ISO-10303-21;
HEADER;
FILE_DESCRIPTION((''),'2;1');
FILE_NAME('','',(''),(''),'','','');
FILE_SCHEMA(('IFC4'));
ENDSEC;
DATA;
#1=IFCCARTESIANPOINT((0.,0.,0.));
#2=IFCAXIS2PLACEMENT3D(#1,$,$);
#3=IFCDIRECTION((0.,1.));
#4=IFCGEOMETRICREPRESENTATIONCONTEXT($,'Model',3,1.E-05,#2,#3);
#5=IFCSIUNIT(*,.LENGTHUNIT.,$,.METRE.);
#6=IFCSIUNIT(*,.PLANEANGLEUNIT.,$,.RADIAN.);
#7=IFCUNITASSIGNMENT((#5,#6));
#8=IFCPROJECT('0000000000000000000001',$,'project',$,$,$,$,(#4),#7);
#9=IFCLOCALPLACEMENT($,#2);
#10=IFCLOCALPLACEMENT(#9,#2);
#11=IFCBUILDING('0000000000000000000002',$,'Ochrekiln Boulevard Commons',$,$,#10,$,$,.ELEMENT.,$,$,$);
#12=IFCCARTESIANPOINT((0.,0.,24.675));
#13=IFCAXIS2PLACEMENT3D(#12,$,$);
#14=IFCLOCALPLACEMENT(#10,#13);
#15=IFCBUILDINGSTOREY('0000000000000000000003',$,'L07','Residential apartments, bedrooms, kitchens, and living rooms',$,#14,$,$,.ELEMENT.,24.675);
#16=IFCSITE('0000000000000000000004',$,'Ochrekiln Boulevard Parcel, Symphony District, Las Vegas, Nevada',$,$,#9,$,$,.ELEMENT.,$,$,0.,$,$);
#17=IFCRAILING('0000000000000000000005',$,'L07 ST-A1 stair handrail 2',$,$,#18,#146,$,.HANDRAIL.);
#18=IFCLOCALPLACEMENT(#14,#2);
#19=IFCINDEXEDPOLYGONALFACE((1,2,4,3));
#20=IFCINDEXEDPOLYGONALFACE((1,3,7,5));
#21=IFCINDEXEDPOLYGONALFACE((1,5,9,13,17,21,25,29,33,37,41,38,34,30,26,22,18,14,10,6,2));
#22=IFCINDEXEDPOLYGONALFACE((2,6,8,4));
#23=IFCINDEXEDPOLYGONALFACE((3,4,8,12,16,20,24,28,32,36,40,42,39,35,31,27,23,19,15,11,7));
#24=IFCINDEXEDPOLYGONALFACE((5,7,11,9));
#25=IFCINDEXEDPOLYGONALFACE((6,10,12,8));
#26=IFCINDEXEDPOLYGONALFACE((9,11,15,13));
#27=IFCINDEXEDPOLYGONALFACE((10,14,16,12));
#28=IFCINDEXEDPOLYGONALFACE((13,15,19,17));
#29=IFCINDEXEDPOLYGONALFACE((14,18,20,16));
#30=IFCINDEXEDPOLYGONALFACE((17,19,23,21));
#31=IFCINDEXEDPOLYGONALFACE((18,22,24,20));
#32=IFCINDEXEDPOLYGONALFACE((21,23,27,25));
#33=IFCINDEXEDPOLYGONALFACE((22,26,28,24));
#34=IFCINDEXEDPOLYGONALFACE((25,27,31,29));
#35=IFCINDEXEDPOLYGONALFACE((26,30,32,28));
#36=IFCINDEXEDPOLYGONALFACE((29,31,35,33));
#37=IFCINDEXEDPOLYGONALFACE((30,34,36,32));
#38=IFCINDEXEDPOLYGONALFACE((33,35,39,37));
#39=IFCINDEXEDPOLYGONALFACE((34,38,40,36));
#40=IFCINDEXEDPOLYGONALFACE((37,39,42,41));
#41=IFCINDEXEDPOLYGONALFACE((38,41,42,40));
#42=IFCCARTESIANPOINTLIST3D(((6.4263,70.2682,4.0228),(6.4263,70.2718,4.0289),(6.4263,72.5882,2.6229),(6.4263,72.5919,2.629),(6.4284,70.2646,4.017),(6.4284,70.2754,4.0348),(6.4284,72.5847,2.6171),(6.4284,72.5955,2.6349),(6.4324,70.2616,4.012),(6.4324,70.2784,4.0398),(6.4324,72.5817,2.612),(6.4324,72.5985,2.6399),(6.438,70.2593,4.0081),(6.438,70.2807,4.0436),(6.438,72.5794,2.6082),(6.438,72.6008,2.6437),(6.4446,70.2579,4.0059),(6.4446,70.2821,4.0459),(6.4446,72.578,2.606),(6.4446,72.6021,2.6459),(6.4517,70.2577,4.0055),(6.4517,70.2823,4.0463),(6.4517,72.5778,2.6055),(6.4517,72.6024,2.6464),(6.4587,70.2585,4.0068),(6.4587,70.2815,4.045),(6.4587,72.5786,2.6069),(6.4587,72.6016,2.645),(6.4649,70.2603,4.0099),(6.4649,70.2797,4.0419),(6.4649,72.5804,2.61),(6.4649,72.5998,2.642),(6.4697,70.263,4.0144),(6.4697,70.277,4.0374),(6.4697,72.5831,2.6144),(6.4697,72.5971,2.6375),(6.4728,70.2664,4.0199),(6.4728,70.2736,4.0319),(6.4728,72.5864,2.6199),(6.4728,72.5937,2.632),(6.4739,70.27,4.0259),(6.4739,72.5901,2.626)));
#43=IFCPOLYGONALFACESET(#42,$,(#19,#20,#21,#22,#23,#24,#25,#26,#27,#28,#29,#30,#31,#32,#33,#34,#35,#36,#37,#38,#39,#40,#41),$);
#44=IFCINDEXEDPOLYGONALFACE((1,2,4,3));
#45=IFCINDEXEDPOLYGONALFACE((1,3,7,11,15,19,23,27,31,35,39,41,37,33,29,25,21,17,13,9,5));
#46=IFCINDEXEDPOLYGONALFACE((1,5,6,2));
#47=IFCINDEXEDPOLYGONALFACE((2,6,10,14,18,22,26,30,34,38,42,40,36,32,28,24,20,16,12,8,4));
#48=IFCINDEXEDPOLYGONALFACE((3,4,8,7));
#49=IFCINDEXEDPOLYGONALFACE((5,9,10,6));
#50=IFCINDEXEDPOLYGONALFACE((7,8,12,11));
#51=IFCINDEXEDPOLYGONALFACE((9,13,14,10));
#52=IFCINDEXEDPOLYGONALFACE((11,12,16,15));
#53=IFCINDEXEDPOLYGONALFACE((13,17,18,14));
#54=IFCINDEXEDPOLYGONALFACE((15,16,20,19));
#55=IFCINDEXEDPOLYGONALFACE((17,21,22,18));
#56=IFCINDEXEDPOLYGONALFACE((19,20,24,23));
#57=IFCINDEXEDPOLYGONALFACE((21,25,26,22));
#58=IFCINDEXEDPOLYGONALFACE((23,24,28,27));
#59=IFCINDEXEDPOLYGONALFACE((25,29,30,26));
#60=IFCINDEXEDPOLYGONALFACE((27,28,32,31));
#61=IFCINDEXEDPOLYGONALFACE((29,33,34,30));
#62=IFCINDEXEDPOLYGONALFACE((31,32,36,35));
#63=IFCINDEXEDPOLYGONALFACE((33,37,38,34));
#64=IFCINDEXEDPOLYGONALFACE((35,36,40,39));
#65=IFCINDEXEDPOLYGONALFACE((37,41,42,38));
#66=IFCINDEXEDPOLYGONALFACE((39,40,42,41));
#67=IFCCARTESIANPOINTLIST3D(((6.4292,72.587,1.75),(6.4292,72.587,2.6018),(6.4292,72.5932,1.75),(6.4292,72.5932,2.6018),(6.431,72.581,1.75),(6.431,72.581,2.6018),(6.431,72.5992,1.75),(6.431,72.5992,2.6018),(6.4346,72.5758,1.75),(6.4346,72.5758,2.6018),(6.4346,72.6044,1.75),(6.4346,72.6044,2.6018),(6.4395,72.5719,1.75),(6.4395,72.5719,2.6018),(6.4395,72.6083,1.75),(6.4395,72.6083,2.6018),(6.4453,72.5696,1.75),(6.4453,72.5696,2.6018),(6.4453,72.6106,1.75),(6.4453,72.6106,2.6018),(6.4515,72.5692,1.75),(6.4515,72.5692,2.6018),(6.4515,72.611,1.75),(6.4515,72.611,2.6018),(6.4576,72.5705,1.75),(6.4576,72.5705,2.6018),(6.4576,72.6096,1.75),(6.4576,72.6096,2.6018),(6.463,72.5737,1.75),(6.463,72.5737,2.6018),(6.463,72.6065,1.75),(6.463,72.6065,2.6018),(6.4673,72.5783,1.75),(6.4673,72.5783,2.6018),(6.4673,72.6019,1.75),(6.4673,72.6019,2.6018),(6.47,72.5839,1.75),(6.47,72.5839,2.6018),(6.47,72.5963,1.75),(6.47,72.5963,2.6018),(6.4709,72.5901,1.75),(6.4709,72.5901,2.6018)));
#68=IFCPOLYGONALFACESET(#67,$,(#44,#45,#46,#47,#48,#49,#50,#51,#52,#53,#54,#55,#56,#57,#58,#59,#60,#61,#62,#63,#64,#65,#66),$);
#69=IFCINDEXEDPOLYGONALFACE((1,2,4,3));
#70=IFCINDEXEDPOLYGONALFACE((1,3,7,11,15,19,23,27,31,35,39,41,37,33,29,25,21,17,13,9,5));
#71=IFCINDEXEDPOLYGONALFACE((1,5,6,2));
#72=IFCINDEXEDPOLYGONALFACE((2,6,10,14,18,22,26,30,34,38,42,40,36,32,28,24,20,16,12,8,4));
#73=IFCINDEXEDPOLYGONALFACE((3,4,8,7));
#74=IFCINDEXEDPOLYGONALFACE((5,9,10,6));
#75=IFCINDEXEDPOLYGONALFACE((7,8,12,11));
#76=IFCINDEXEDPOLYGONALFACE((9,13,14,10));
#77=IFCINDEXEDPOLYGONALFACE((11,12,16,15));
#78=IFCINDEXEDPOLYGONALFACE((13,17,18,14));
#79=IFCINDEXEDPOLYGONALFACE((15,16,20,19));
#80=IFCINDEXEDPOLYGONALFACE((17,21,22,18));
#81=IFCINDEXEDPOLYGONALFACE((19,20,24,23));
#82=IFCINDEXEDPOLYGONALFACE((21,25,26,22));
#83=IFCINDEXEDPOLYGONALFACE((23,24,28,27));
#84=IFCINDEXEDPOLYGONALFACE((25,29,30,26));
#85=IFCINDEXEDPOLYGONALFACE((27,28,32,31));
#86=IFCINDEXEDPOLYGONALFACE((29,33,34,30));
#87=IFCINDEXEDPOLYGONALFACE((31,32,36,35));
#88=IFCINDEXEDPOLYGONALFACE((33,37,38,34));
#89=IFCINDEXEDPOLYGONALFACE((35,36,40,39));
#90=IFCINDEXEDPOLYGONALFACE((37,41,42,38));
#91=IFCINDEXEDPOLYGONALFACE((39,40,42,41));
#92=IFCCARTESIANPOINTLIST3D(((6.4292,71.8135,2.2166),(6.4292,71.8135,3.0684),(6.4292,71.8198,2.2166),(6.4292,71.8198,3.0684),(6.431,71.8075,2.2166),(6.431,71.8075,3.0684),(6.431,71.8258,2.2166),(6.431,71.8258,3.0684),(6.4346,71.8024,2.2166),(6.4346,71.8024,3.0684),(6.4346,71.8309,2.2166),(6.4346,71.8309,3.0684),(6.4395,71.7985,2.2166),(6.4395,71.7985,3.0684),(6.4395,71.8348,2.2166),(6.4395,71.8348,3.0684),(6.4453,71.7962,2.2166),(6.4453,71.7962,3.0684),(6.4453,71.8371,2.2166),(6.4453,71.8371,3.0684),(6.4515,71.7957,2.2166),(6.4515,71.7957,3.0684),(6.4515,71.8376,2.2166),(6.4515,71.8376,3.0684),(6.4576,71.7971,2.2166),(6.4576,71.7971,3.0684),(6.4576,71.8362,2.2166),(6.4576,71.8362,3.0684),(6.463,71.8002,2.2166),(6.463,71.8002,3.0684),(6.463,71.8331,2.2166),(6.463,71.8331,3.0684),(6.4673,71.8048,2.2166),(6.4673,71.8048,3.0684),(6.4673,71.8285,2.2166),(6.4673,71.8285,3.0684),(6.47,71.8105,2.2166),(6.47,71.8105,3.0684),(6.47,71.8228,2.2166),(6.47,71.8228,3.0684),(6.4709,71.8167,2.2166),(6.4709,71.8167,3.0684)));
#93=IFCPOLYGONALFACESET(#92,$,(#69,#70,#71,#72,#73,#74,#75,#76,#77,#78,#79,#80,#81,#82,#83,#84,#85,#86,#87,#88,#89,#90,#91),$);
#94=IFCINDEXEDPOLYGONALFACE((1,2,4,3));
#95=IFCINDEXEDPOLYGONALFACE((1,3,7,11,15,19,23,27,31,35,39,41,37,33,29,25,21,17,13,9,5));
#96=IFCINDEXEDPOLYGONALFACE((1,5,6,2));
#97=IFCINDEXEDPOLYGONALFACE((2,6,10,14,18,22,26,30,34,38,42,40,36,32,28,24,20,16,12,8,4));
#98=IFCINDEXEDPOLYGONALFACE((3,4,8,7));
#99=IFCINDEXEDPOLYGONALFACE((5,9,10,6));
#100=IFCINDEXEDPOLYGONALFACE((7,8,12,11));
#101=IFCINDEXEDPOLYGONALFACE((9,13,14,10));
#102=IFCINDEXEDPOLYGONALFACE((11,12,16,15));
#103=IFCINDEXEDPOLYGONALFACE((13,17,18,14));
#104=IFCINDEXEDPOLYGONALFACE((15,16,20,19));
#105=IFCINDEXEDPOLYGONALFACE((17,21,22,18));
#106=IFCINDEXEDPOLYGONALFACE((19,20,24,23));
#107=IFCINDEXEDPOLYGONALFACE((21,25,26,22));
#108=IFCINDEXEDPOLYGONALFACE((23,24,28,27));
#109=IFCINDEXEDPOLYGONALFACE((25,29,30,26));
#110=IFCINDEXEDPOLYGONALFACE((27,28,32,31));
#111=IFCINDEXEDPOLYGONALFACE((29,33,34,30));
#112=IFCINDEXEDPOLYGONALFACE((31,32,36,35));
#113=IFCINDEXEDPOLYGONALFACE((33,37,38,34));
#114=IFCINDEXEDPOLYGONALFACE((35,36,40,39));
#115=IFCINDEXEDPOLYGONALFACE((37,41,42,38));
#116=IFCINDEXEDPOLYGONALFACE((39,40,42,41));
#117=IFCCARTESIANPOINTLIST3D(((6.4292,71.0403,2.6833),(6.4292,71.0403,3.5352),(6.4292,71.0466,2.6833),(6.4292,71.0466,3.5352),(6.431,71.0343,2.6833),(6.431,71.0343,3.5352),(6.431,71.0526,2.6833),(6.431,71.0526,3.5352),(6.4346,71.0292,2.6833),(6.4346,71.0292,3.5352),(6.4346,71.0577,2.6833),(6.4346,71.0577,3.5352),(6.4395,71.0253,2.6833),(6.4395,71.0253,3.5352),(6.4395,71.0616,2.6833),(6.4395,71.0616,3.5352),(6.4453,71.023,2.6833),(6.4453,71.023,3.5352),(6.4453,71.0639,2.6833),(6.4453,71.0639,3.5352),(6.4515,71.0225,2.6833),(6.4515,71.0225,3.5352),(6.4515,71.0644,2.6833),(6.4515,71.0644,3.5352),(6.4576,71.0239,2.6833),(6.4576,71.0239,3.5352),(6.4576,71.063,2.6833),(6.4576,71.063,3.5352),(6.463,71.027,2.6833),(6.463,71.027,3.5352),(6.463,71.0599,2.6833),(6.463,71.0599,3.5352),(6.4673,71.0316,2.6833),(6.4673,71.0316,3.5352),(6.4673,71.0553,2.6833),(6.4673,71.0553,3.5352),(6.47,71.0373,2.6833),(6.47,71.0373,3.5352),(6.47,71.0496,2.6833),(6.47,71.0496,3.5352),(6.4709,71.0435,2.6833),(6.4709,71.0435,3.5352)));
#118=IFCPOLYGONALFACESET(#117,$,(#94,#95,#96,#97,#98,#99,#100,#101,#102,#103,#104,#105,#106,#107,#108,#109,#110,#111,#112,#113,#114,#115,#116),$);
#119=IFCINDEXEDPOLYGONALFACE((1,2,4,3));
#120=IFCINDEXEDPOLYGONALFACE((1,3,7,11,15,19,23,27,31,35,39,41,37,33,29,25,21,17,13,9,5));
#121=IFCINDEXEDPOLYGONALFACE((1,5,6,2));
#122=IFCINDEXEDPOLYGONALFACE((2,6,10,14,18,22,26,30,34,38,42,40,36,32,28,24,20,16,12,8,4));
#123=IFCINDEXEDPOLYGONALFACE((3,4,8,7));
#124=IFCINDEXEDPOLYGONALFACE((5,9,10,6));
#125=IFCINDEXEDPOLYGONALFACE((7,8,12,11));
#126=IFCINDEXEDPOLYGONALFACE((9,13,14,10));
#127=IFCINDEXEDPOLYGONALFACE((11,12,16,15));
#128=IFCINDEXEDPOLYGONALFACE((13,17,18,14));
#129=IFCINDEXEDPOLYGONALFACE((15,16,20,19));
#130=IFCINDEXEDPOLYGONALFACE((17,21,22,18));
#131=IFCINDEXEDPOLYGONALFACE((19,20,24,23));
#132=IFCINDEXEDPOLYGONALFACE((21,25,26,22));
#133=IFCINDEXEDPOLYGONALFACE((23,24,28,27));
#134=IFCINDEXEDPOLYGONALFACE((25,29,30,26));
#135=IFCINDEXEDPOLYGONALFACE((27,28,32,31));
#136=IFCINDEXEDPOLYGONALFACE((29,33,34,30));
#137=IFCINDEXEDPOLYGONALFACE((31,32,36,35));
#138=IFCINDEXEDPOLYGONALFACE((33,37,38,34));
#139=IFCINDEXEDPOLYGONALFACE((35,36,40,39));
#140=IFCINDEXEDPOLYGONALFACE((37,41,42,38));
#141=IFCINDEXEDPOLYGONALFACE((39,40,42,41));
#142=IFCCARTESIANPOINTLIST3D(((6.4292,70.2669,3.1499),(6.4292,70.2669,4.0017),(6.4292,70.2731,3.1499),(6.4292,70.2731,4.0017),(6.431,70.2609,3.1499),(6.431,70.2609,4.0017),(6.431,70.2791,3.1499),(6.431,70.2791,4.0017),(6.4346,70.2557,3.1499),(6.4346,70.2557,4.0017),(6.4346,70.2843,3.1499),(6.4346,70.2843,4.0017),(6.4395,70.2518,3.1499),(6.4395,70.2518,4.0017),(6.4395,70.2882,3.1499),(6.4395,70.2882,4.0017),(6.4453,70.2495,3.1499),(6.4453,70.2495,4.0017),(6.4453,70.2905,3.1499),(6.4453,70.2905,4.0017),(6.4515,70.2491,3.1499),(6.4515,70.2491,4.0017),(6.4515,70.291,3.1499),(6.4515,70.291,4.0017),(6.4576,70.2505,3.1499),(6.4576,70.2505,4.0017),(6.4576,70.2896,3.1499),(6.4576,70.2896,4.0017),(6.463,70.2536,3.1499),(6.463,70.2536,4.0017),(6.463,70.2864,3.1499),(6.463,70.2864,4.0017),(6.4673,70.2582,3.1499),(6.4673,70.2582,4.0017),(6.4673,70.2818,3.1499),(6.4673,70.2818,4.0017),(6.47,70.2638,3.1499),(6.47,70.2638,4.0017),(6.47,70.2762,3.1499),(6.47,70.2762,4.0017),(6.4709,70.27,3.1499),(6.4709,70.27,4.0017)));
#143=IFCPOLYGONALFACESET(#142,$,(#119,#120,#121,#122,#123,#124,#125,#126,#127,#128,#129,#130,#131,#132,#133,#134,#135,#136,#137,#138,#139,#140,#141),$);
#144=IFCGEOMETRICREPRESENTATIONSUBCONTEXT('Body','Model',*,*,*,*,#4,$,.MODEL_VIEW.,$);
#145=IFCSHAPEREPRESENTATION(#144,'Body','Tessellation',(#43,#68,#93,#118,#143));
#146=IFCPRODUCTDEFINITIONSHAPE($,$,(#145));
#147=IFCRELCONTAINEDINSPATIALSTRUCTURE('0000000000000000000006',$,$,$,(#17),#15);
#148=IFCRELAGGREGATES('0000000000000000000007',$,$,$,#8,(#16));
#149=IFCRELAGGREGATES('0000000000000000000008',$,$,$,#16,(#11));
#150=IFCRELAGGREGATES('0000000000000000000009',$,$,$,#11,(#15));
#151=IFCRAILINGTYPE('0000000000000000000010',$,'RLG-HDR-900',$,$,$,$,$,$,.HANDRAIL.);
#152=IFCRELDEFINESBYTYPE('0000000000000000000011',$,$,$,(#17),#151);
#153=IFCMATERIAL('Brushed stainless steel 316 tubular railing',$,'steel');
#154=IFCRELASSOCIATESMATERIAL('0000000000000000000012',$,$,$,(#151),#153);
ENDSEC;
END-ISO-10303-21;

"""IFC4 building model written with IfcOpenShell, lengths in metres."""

from ifc_helpers import new_model, si_unit, direction, frame, origin, origin_2d, place, context, subcontext, project, spatial, circle, extrude, material, type_object, element, save


model = new_model("IFC4")

# Units and contexts
model_context = context("Model", 3, precision=1e-05, world=origin(), true_north=direction((0.0, 1.0)))
body_context = subcontext(model_context, "Body", "Model", "MODEL_VIEW")
ifc_project = project(units=[si_unit("LENGTHUNIT", "METRE"), si_unit("PLANEANGLEUNIT", "RADIAN")], contexts=[model_context])

# Site, building, storey
site_placement = place(None, origin())
site = spatial("IfcSite", under=ifc_project, at=site_placement, Name="Ochrekiln Boulevard Parcel, Symphony District, Las Vegas, Nevada", CompositionType="ELEMENT", RefElevation=0.0)
building_placement = place(site_placement, origin())
building = spatial("IfcBuilding", under=site, at=building_placement, Name="Ochrekiln Boulevard Commons", CompositionType="ELEMENT")
storey_placement = place(building_placement, frame((0.0, 0.0, 24.675)))
storey = spatial("IfcBuildingStorey", under=building, at=storey_placement, Name="L07", Description="Residential apartments, bedrooms, kitchens, and living rooms", CompositionType="ELEMENT", Elevation=24.675)

# Railing
ifc_material_1 = material(Name="Brushed stainless steel 316 tubular railing", Category="steel")
railing_type_1 = type_object("IfcRailingType", Name="RLG-HDR-900", PredefinedType="HANDRAIL", material=ifc_material_1)
railing_1_placement = place(storey_placement, frame((6.45, 72.5901, 1.75)))
element("IfcRailing", 1, at=railing_1_placement, inside=storey, type_object=railing_type_1, Name="L07 ST-A1 stair handrail 2", PredefinedType="HANDRAIL", context=body_context, shape_type="SweptSolid", body=[
    extrude(circle(Radius=0.0239, at=origin_2d()), frame((0.0, 0.0, 0.876), z_axis=(0.0, -0.85621, 0.516627), x_axis=(1.0, 0.0, 0.0)), (0.0, 0.0, 1.0), 2.7097),
    extrude(circle(Radius=0.021, at=origin_2d()), origin(), (0.0, 0.0, 1.0), 0.8518),
    extrude(circle(Radius=0.021, at=origin_2d()), frame((0.0, -0.7734, 0.4666)), (0.0, 0.0, 1.0), 0.8518),
    extrude(circle(Radius=0.021, at=origin_2d()), frame((0.0, -1.5466, 0.9333)), (0.0, 0.0, 1.0), 0.8518),
    extrude(circle(Radius=0.021, at=origin_2d()), frame((0.0, -2.3201, 1.3999)), (0.0, 0.0, 1.0), 0.8518),
])

save(model, "model.ifc")
